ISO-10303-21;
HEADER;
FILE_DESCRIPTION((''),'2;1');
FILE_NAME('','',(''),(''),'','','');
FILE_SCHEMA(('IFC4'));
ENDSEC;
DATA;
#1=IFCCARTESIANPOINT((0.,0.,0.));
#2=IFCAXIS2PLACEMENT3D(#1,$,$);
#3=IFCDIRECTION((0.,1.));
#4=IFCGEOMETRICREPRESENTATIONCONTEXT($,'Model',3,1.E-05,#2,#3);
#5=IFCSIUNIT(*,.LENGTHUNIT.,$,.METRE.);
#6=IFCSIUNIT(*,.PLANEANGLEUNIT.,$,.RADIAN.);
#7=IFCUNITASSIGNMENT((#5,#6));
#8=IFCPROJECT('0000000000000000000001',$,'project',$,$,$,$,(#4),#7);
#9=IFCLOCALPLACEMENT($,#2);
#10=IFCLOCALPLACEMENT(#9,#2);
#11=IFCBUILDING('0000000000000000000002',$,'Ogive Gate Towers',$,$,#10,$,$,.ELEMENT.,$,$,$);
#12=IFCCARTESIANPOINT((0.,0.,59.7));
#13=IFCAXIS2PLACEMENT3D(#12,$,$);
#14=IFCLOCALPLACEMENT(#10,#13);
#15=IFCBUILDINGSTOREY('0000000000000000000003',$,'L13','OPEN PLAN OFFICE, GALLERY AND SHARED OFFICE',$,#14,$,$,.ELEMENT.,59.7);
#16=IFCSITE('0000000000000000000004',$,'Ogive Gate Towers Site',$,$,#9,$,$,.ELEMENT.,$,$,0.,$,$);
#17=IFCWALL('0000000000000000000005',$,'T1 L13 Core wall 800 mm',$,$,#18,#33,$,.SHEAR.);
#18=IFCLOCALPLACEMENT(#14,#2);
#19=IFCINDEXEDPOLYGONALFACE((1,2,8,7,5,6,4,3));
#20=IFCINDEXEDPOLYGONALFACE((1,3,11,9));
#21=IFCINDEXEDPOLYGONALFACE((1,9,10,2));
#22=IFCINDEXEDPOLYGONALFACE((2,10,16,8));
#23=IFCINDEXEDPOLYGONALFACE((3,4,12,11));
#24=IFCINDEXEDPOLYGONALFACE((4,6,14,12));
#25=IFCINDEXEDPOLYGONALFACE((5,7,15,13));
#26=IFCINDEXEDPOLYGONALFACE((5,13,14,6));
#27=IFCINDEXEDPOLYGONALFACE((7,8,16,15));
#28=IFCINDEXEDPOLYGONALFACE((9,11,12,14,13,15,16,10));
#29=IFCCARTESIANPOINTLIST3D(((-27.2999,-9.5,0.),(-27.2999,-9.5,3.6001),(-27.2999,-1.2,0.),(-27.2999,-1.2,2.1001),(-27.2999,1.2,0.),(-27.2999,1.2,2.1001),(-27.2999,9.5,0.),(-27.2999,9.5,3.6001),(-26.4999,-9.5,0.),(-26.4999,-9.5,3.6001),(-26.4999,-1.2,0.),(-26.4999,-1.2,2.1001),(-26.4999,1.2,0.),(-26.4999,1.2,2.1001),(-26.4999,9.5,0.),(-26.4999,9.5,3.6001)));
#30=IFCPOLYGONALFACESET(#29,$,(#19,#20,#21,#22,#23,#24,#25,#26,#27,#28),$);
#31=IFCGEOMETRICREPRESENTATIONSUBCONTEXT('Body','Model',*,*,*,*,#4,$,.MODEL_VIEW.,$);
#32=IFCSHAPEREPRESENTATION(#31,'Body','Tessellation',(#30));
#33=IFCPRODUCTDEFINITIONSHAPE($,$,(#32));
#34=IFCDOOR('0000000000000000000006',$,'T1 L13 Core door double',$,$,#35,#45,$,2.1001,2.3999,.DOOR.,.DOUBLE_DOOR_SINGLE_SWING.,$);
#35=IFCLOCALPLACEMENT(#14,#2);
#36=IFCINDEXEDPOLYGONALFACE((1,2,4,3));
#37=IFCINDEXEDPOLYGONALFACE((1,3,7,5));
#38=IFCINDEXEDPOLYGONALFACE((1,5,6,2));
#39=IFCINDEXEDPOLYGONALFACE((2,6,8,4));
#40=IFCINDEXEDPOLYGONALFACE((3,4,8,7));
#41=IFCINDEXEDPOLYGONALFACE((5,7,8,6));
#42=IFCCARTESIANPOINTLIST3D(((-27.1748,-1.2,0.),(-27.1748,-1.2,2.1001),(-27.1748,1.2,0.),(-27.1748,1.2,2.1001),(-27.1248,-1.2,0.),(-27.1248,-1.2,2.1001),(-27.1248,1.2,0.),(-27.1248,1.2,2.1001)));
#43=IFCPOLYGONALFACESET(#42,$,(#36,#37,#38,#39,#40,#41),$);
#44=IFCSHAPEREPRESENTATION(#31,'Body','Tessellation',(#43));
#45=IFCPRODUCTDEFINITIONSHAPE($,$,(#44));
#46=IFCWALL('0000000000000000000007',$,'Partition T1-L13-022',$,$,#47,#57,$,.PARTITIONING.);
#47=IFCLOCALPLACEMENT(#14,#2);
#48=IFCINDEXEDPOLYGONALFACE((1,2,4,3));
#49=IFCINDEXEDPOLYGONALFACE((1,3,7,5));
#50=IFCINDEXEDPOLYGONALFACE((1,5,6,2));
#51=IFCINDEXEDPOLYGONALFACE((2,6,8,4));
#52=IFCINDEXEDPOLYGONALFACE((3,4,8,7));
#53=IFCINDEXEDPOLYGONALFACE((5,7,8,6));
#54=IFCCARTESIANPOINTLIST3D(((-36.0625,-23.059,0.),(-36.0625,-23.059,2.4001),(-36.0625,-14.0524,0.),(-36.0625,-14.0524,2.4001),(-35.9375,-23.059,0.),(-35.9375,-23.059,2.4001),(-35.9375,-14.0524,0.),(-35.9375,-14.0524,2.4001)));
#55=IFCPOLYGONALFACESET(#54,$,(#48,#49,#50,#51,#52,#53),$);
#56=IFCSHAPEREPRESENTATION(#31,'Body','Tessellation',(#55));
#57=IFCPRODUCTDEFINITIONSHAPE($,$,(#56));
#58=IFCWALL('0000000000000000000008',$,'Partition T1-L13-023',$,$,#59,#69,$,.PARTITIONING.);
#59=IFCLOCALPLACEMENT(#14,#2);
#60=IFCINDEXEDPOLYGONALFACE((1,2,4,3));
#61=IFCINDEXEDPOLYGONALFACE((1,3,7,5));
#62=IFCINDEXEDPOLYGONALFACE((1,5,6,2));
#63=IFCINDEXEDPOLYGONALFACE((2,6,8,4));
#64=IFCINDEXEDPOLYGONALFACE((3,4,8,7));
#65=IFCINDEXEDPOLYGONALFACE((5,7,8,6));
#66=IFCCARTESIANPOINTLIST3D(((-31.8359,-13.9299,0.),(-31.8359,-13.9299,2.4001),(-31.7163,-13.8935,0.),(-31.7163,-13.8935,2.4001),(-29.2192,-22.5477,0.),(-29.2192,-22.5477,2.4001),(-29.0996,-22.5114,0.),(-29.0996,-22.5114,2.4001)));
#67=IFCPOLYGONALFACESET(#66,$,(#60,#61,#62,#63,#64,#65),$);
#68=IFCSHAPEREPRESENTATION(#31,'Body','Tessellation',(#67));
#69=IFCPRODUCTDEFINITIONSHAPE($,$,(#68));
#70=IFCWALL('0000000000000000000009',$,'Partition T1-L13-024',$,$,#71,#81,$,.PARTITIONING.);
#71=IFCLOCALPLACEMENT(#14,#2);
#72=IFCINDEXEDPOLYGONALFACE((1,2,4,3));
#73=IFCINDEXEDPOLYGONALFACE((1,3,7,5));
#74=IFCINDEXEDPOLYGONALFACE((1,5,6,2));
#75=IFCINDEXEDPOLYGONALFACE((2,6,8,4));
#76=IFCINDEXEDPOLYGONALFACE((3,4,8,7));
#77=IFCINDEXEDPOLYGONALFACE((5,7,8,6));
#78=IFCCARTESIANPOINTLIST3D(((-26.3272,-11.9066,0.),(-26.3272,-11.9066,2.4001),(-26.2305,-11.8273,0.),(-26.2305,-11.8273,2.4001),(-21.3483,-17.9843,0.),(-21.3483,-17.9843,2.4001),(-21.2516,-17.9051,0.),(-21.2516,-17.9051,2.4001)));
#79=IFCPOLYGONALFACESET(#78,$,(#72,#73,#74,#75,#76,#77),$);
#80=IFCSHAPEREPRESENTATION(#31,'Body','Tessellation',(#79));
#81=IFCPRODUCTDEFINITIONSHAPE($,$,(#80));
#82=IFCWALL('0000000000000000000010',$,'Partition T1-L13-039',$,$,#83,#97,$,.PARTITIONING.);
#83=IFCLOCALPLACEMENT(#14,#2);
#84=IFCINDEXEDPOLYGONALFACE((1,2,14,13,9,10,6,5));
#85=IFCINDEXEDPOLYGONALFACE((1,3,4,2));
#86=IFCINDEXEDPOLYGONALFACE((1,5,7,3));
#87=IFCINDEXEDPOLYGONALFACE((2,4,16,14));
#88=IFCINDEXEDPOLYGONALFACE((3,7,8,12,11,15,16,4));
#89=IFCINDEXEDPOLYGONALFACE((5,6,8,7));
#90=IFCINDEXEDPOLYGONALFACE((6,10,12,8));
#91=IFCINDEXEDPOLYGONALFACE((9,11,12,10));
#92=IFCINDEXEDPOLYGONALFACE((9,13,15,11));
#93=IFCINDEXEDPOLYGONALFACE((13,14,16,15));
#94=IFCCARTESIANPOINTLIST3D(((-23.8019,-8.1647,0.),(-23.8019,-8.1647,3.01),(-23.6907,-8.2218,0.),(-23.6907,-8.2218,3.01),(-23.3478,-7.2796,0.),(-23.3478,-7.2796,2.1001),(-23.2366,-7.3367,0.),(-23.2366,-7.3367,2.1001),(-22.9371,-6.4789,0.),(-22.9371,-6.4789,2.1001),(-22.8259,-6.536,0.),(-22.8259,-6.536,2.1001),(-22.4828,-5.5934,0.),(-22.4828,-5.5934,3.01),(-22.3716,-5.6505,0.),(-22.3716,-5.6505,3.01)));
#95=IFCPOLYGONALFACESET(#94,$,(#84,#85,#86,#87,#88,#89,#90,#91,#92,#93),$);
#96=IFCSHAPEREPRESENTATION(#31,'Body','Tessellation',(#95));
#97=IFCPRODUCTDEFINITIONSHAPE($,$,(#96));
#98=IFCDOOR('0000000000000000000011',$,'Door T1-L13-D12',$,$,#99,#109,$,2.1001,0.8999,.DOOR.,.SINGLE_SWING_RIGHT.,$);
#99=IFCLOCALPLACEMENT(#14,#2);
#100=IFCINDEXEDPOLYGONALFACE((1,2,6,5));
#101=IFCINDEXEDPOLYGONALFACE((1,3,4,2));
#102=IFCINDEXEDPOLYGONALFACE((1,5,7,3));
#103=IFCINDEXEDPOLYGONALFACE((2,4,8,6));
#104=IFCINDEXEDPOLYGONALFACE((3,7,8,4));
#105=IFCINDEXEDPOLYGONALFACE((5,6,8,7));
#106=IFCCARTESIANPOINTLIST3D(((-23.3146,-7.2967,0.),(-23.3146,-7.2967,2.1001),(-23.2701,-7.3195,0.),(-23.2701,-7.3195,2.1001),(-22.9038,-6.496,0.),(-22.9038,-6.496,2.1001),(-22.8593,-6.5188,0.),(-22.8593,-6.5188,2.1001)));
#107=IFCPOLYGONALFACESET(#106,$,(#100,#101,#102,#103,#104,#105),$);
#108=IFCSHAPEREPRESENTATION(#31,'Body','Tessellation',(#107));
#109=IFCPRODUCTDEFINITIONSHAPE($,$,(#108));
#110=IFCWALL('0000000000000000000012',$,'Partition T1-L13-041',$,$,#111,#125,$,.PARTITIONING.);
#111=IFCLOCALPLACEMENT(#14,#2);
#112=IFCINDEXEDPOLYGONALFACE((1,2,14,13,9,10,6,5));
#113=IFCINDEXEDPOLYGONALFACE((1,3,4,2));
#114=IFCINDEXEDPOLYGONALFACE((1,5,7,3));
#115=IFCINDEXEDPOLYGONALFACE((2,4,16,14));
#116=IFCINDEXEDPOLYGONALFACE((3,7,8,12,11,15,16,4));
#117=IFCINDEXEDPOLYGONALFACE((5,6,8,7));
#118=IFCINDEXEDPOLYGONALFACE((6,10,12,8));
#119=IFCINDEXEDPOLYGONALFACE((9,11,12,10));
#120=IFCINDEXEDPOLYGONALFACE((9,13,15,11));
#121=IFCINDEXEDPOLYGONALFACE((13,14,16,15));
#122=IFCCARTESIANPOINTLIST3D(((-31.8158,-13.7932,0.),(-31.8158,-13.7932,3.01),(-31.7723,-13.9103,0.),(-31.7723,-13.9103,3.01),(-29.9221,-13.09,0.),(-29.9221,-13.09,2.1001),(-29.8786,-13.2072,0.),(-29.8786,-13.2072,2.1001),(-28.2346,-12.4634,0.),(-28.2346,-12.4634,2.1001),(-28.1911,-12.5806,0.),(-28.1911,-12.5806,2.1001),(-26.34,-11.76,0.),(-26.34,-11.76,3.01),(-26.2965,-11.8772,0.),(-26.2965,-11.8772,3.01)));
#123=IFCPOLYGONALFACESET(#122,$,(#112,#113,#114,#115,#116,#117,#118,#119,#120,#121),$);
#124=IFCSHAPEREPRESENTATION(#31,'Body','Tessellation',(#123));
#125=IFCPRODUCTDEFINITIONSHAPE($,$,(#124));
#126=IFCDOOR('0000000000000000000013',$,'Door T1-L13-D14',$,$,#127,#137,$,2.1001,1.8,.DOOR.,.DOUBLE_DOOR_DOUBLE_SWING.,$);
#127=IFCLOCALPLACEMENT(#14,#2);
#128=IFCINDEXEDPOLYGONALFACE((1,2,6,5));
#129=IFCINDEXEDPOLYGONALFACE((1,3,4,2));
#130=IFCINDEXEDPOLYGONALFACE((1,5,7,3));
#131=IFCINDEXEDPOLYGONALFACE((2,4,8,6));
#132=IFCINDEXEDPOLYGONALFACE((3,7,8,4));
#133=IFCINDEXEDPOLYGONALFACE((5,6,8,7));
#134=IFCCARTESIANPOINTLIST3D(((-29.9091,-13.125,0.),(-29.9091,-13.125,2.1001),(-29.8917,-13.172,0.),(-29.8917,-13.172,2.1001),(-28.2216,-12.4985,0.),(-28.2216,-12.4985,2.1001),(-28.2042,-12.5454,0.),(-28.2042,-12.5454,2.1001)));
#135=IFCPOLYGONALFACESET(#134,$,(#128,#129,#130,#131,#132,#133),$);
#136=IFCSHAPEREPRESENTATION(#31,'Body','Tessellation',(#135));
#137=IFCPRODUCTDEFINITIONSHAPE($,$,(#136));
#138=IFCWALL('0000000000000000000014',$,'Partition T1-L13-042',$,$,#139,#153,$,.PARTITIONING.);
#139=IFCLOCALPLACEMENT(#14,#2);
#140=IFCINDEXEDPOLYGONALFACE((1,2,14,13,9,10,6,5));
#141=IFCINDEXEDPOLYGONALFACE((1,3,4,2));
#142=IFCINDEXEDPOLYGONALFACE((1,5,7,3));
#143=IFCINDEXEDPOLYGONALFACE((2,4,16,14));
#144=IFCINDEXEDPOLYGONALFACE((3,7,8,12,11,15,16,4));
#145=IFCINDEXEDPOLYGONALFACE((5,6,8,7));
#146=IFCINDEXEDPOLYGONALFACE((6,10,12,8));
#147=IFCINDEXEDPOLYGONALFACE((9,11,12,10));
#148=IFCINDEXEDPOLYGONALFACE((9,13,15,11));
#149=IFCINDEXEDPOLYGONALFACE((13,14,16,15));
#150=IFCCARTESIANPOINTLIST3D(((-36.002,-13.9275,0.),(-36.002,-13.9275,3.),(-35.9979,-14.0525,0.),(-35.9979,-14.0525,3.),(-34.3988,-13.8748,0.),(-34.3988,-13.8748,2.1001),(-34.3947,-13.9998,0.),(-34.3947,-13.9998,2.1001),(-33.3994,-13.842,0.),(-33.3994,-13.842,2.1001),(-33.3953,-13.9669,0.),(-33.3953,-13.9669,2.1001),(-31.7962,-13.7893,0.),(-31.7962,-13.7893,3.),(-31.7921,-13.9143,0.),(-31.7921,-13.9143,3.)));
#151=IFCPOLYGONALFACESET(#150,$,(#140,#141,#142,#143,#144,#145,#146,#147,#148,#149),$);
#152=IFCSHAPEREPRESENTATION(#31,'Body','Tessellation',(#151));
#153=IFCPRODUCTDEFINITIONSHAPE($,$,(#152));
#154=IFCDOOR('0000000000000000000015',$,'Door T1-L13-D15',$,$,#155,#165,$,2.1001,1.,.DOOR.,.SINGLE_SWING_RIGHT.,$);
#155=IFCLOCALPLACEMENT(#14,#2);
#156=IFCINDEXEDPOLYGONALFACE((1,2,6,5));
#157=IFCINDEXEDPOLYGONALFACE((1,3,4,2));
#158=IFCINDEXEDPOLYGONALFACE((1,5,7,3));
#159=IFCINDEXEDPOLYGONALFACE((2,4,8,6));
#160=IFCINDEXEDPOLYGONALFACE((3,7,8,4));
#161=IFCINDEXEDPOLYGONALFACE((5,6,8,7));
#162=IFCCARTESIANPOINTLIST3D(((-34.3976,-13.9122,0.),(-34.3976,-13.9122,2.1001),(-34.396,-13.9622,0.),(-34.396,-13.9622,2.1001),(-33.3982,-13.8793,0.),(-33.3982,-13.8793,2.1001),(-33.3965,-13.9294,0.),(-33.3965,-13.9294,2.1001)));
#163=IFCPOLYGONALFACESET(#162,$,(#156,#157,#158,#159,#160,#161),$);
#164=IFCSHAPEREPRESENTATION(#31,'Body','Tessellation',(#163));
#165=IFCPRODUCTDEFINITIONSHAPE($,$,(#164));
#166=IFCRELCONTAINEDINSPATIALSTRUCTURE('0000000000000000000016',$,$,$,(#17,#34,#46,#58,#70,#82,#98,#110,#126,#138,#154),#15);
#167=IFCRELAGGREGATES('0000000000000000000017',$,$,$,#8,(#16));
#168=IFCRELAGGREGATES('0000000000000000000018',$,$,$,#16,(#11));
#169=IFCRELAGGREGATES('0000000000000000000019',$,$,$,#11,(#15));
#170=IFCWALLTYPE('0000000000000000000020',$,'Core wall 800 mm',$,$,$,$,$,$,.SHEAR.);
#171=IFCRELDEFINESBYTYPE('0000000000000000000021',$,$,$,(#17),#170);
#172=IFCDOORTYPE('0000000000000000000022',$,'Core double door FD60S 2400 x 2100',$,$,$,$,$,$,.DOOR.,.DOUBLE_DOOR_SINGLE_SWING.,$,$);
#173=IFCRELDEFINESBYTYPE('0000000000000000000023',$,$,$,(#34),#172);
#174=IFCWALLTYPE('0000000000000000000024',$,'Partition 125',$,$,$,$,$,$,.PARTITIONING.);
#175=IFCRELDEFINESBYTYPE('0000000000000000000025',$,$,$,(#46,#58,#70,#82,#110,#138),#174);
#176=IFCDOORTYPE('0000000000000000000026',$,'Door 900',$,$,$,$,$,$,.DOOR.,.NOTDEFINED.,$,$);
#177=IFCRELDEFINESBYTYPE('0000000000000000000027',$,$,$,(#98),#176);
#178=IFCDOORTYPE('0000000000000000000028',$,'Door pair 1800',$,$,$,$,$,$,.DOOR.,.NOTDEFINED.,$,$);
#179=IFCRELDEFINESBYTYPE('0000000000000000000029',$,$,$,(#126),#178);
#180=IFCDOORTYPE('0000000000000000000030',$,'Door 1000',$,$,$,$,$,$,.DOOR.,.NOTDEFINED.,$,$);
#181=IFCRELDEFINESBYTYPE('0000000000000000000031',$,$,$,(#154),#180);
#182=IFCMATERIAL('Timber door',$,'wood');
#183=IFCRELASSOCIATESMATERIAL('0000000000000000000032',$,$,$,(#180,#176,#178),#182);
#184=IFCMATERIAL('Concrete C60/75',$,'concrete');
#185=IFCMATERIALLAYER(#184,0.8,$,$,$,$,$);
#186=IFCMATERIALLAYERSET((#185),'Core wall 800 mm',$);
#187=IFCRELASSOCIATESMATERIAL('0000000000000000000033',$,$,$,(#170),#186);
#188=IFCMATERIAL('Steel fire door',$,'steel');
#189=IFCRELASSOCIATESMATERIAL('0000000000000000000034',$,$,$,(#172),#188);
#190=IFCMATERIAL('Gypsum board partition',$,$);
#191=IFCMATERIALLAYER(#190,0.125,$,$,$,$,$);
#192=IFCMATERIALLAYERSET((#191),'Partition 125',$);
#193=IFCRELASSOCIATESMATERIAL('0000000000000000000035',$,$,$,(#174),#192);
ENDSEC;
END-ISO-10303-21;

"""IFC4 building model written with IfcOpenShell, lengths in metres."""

from ifc_helpers import new_model, si_unit, direction, frame, frame_2d, origin, place, context, subcontext, project, spatial, rectangle, extrude, material, layer, layer_set, type_object, element, fill, save


model = new_model("IFC4")

# Units and contexts
model_context = context("Model", 3, precision=1e-05, world=origin(), true_north=direction((0.0, 1.0)))
body_context = subcontext(model_context, "Body", "Model", "MODEL_VIEW")
ifc_project = project(units=[si_unit("LENGTHUNIT", "METRE"), si_unit("PLANEANGLEUNIT", "RADIAN")], contexts=[model_context])

# Site, building, storey
site_placement = place(None, origin())
site = spatial("IfcSite", under=ifc_project, at=site_placement, Name="Ogive Gate Towers Site", CompositionType="ELEMENT", RefElevation=0.0)
building_placement = place(site_placement, origin())
building = spatial("IfcBuilding", under=site, at=building_placement, Name="Ogive Gate Towers", CompositionType="ELEMENT")
storey_placement = place(building_placement, frame((0.0, 0.0, 59.7)))
storey = spatial("IfcBuildingStorey", under=building, at=storey_placement, Name="L13", Description="OPEN PLAN OFFICE, GALLERY AND SHARED OFFICE", CompositionType="ELEMENT", Elevation=59.7)

# Wall, opening, door
ifc_material_1 = material(Name="Timber door", Category="wood")
door_type_1 = type_object("IfcDoorType", Name="Door 1000", OperationType="NOTDEFINED", PredefinedType="DOOR", material=ifc_material_1)
ifc_material_2 = material(Name="Concrete C60/75", Category="concrete")
ifc_layer_1 = layer(ifc_material_2, 0.8)
ifc_layer_set_1 = layer_set([ifc_layer_1], Name="Core wall 800 mm")
wall_type_1 = type_object("IfcWallType", Name="Core wall 800 mm", PredefinedType="SHEAR", material=ifc_layer_set_1)
wall_1_placement = place(storey_placement, frame((-26.8999, -9.5, 0.0), z_axis=(0.0, 0.0, 1.0), x_axis=(0.0, 1.0, 0.0)))
wall_1 = element("IfcWall", 1, at=wall_1_placement, inside=storey, type_object=wall_type_1, Name="T1 L13 Core wall 800 mm", PredefinedType="SHEAR", context=body_context, shape_type="SweptSolid", body=[
    extrude(rectangle(XDim=19.0, YDim=0.8, at=frame_2d((9.5, 0.0))), origin(), (0.0, 0.0, 1.0), 3.6001),
])
opening_1_placement = place(wall_1_placement, frame((8.3, 0.0, 0.0)))
opening_1 = element("IfcOpeningElement", 2, at=opening_1_placement, cuts=wall_1, PredefinedType="OPENING", context=body_context, shape_type="SweptSolid", body=[
    extrude(rectangle(XDim=2.3999, YDim=2.1001, at=frame_2d((1.2, 1.05))), frame((0.0, 0.4102, 0.0), z_axis=(0.0, -1.0, 0.0), x_axis=(1.0, 0.0, 0.0)), (0.0, 0.0, 1.0), 0.8201),
])
ifc_material_3 = material(Name="Steel fire door", Category="steel")
door_type_2 = type_object("IfcDoorType", Name="Core double door FD60S 2400 x 2100", OperationType="DOUBLE_DOOR_SINGLE_SWING", PredefinedType="DOOR", material=ifc_material_3)
door_1_placement = place(opening_1_placement, origin())
door_1 = element("IfcDoor", 3, at=door_1_placement, inside=storey, type_object=door_type_2, Name="T1 L13 Core door double", OperationType="DOUBLE_DOOR_SINGLE_SWING", OverallHeight=2.1001, OverallWidth=2.3999, PredefinedType="DOOR", context=body_context, shape_type="SweptSolid", body=[
    extrude(rectangle(XDim=2.3999, YDim=2.1001, at=frame_2d((1.2, 1.05))), frame((0.0, 0.2749, 0.0), z_axis=(0.0, -1.0, 0.0), x_axis=(1.0, 0.0, 0.0)), (0.0, 0.0, 1.0), 0.05),
])
fill(opening_1, door_1)

# Walls
ifc_material_4 = material(Name="Gypsum board partition")
ifc_layer_2 = layer(ifc_material_4, 0.125)
ifc_layer_set_2 = layer_set([ifc_layer_2], Name="Partition 125")
wall_type_2 = type_object("IfcWallType", Name="Partition 125", PredefinedType="PARTITIONING", material=ifc_layer_set_2)
wall_2_placement = place(storey_placement, frame((-36.0, -23.0591, 0.0), z_axis=(0.0, 0.0, 1.0), x_axis=(0.0, 1.0, 0.0)))
element("IfcWall", 4, at=wall_2_placement, inside=storey, type_object=wall_type_2, Name="Partition T1-L13-022", PredefinedType="PARTITIONING", context=body_context, shape_type="SweptSolid", body=[
    extrude(rectangle(XDim=9.0066, YDim=0.125, at=frame_2d((4.5034, 0.0))), origin(), (0.0, 0.0, 1.0), 2.4001),
])
wall_3_placement = place(storey_placement, frame((-29.1594, -22.5295, 0.0), z_axis=(0.0, 0.0, 1.0), x_axis=(-0.290537, 0.956864, 0.0)))
element("IfcWall", 5, at=wall_3_placement, inside=storey, type_object=wall_type_2, Name="Partition T1-L13-023", PredefinedType="PARTITIONING", context=body_context, shape_type="SweptSolid", body=[
    extrude(rectangle(XDim=9.0063, YDim=0.125, at=frame_2d((4.5032, 0.0))), origin(), (0.0, 0.0, 1.0), 2.4001),
])
wall_4_placement = place(storey_placement, frame((-21.3, -17.9446, 0.0), z_axis=(0.0, 0.0, 1.0), x_axis=(-0.633706, 0.773574, 0.0)))
element("IfcWall", 6, at=wall_4_placement, inside=storey, type_object=wall_type_2, Name="Partition T1-L13-024", PredefinedType="PARTITIONING", context=body_context, shape_type="SweptSolid", body=[
    extrude(rectangle(XDim=7.8567, YDim=0.125, at=frame_2d((3.9282, 0.0))), origin(), (0.0, 0.0, 1.0), 2.4001),
])

# Walls, openings, doors
wall_5_placement = place(storey_placement, frame((-22.4272, -5.6221, 0.0), z_axis=(0.0, 0.0, 1.0), x_axis=(-0.456449, -0.88975, 0.0)))
wall_5 = element("IfcWall", 7, at=wall_5_placement, inside=storey, type_object=wall_type_2, Name="Partition T1-L13-039", PredefinedType="PARTITIONING", context=body_context, shape_type="SweptSolid", body=[
    extrude(rectangle(XDim=2.8899, YDim=0.125, at=frame_2d((1.4448, 0.0))), origin(), (0.0, 0.0, 1.0), 3.01),
])
opening_2_placement = place(wall_5_placement, frame((0.9951, 0.0, 0.0)))
opening_2 = element("IfcOpeningElement", 8, at=opening_2_placement, cuts=wall_5, PredefinedType="OPENING", context=body_context, shape_type="SweptSolid", body=[
    extrude(rectangle(XDim=0.8999, YDim=2.1001, at=frame_2d((0.45, 1.05))), frame((0.0, 0.0725, 0.0), z_axis=(0.0, -1.0, 0.0), x_axis=(1.0, 0.0, 0.0)), (0.0, 0.0, 1.0), 0.145),
])
door_type_3 = type_object("IfcDoorType", Name="Door 900", OperationType="NOTDEFINED", PredefinedType="DOOR", material=ifc_material_1)
door_2_placement = place(opening_2_placement, origin())
door_2 = element("IfcDoor", 9, at=door_2_placement, inside=storey, type_object=door_type_3, Name="Door T1-L13-D12", OperationType="SINGLE_SWING_RIGHT", OverallHeight=2.1001, OverallWidth=0.8999, PredefinedType="DOOR", context=body_context, shape_type="SweptSolid", body=[
    extrude(rectangle(XDim=0.8999, YDim=2.1001, at=frame_2d((0.45, 1.05))), frame((0.0, 0.0249, 0.0), z_axis=(0.0, -1.0, 0.0), x_axis=(1.0, 0.0, 0.0)), (0.0, 0.0, 1.0), 0.05),
])
fill(opening_2, door_2)
wall_6_placement = place(storey_placement, frame((-26.3184, -11.8186, 0.0), z_axis=(0.0, 0.0, 1.0), x_axis=(-0.937463, -0.348085, 0.0)))
wall_6 = element("IfcWall", 10, at=wall_6_placement, inside=storey, type_object=wall_type_2, Name="Partition T1-L13-041", PredefinedType="PARTITIONING", context=body_context, shape_type="SweptSolid", body=[
    extrude(rectangle(XDim=5.8411, YDim=0.125, at=frame_2d((2.9204, 0.0))), origin(), (0.0, 0.0, 1.0), 3.01),
])
opening_3_placement = place(wall_6_placement, frame((2.021, 0.0, 0.0)))
opening_3 = element("IfcOpeningElement", 11, at=opening_3_placement, cuts=wall_6, PredefinedType="OPENING", context=body_context, shape_type="SweptSolid", body=[
    extrude(rectangle(XDim=1.8, YDim=2.1001, at=frame_2d((0.8999, 1.05))), frame((0.0, 0.0725, 0.0), z_axis=(0.0, -1.0, 0.0), x_axis=(1.0, 0.0, 0.0)), (0.0, 0.0, 1.0), 0.145),
])
door_type_4 = type_object("IfcDoorType", Name="Door pair 1800", OperationType="NOTDEFINED", PredefinedType="DOOR", material=ifc_material_1)
door_3_placement = place(opening_3_placement, origin())
door_3 = element("IfcDoor", 12, at=door_3_placement, inside=storey, type_object=door_type_4, Name="Door T1-L13-D14", OperationType="DOUBLE_DOOR_DOUBLE_SWING", OverallHeight=2.1001, OverallWidth=1.8, PredefinedType="DOOR", context=body_context, shape_type="SweptSolid", body=[
    extrude(rectangle(XDim=1.8, YDim=2.1001, at=frame_2d((0.8999, 1.05))), frame((0.0, 0.0249, 0.0), z_axis=(0.0, -1.0, 0.0), x_axis=(1.0, 0.0, 0.0)), (0.0, 0.0, 1.0), 0.05),
])
fill(opening_3, door_3)
wall_7_placement = place(storey_placement, frame((-31.7942, -13.8518, 0.0), z_axis=(0.0, 0.0, 1.0), x_axis=(-0.999461, -0.032838, 0.0)))
wall_7 = element("IfcWall", 13, at=wall_7_placement, inside=storey, type_object=wall_type_2, Name="Partition T1-L13-042", PredefinedType="PARTITIONING", context=body_context, shape_type="SweptSolid", body=[
    extrude(rectangle(XDim=4.208, YDim=0.125, at=frame_2d((2.104, 0.0))), origin(), (0.0, 0.0, 1.0), 3.0),
])
opening_4_placement = place(wall_7_placement, frame((1.604, 0.0, 0.0)))
opening_4 = element("IfcOpeningElement", 14, at=opening_4_placement, cuts=wall_7, PredefinedType="OPENING", context=body_context, shape_type="SweptSolid", body=[
    extrude(rectangle(XDim=1.0, YDim=2.1001, at=frame_2d((0.5, 1.05))), frame((0.0, 0.0725, 0.0), z_axis=(0.0, -1.0, 0.0), x_axis=(1.0, 0.0, 0.0)), (0.0, 0.0, 1.0), 0.145),
])
door_4_placement = place(opening_4_placement, origin())
door_4 = element("IfcDoor", 15, at=door_4_placement, inside=storey, type_object=door_type_1, Name="Door T1-L13-D15", OperationType="SINGLE_SWING_RIGHT", OverallHeight=2.1001, OverallWidth=1.0, PredefinedType="DOOR", context=body_context, shape_type="SweptSolid", body=[
    extrude(rectangle(XDim=1.0, YDim=2.1001, at=frame_2d((0.5, 1.05))), frame((0.0, 0.0249, 0.0), z_axis=(0.0, -1.0, 0.0), x_axis=(1.0, 0.0, 0.0)), (0.0, 0.0, 1.0), 0.05),
])
fill(opening_4, door_4)

save(model, "model.ifc")
